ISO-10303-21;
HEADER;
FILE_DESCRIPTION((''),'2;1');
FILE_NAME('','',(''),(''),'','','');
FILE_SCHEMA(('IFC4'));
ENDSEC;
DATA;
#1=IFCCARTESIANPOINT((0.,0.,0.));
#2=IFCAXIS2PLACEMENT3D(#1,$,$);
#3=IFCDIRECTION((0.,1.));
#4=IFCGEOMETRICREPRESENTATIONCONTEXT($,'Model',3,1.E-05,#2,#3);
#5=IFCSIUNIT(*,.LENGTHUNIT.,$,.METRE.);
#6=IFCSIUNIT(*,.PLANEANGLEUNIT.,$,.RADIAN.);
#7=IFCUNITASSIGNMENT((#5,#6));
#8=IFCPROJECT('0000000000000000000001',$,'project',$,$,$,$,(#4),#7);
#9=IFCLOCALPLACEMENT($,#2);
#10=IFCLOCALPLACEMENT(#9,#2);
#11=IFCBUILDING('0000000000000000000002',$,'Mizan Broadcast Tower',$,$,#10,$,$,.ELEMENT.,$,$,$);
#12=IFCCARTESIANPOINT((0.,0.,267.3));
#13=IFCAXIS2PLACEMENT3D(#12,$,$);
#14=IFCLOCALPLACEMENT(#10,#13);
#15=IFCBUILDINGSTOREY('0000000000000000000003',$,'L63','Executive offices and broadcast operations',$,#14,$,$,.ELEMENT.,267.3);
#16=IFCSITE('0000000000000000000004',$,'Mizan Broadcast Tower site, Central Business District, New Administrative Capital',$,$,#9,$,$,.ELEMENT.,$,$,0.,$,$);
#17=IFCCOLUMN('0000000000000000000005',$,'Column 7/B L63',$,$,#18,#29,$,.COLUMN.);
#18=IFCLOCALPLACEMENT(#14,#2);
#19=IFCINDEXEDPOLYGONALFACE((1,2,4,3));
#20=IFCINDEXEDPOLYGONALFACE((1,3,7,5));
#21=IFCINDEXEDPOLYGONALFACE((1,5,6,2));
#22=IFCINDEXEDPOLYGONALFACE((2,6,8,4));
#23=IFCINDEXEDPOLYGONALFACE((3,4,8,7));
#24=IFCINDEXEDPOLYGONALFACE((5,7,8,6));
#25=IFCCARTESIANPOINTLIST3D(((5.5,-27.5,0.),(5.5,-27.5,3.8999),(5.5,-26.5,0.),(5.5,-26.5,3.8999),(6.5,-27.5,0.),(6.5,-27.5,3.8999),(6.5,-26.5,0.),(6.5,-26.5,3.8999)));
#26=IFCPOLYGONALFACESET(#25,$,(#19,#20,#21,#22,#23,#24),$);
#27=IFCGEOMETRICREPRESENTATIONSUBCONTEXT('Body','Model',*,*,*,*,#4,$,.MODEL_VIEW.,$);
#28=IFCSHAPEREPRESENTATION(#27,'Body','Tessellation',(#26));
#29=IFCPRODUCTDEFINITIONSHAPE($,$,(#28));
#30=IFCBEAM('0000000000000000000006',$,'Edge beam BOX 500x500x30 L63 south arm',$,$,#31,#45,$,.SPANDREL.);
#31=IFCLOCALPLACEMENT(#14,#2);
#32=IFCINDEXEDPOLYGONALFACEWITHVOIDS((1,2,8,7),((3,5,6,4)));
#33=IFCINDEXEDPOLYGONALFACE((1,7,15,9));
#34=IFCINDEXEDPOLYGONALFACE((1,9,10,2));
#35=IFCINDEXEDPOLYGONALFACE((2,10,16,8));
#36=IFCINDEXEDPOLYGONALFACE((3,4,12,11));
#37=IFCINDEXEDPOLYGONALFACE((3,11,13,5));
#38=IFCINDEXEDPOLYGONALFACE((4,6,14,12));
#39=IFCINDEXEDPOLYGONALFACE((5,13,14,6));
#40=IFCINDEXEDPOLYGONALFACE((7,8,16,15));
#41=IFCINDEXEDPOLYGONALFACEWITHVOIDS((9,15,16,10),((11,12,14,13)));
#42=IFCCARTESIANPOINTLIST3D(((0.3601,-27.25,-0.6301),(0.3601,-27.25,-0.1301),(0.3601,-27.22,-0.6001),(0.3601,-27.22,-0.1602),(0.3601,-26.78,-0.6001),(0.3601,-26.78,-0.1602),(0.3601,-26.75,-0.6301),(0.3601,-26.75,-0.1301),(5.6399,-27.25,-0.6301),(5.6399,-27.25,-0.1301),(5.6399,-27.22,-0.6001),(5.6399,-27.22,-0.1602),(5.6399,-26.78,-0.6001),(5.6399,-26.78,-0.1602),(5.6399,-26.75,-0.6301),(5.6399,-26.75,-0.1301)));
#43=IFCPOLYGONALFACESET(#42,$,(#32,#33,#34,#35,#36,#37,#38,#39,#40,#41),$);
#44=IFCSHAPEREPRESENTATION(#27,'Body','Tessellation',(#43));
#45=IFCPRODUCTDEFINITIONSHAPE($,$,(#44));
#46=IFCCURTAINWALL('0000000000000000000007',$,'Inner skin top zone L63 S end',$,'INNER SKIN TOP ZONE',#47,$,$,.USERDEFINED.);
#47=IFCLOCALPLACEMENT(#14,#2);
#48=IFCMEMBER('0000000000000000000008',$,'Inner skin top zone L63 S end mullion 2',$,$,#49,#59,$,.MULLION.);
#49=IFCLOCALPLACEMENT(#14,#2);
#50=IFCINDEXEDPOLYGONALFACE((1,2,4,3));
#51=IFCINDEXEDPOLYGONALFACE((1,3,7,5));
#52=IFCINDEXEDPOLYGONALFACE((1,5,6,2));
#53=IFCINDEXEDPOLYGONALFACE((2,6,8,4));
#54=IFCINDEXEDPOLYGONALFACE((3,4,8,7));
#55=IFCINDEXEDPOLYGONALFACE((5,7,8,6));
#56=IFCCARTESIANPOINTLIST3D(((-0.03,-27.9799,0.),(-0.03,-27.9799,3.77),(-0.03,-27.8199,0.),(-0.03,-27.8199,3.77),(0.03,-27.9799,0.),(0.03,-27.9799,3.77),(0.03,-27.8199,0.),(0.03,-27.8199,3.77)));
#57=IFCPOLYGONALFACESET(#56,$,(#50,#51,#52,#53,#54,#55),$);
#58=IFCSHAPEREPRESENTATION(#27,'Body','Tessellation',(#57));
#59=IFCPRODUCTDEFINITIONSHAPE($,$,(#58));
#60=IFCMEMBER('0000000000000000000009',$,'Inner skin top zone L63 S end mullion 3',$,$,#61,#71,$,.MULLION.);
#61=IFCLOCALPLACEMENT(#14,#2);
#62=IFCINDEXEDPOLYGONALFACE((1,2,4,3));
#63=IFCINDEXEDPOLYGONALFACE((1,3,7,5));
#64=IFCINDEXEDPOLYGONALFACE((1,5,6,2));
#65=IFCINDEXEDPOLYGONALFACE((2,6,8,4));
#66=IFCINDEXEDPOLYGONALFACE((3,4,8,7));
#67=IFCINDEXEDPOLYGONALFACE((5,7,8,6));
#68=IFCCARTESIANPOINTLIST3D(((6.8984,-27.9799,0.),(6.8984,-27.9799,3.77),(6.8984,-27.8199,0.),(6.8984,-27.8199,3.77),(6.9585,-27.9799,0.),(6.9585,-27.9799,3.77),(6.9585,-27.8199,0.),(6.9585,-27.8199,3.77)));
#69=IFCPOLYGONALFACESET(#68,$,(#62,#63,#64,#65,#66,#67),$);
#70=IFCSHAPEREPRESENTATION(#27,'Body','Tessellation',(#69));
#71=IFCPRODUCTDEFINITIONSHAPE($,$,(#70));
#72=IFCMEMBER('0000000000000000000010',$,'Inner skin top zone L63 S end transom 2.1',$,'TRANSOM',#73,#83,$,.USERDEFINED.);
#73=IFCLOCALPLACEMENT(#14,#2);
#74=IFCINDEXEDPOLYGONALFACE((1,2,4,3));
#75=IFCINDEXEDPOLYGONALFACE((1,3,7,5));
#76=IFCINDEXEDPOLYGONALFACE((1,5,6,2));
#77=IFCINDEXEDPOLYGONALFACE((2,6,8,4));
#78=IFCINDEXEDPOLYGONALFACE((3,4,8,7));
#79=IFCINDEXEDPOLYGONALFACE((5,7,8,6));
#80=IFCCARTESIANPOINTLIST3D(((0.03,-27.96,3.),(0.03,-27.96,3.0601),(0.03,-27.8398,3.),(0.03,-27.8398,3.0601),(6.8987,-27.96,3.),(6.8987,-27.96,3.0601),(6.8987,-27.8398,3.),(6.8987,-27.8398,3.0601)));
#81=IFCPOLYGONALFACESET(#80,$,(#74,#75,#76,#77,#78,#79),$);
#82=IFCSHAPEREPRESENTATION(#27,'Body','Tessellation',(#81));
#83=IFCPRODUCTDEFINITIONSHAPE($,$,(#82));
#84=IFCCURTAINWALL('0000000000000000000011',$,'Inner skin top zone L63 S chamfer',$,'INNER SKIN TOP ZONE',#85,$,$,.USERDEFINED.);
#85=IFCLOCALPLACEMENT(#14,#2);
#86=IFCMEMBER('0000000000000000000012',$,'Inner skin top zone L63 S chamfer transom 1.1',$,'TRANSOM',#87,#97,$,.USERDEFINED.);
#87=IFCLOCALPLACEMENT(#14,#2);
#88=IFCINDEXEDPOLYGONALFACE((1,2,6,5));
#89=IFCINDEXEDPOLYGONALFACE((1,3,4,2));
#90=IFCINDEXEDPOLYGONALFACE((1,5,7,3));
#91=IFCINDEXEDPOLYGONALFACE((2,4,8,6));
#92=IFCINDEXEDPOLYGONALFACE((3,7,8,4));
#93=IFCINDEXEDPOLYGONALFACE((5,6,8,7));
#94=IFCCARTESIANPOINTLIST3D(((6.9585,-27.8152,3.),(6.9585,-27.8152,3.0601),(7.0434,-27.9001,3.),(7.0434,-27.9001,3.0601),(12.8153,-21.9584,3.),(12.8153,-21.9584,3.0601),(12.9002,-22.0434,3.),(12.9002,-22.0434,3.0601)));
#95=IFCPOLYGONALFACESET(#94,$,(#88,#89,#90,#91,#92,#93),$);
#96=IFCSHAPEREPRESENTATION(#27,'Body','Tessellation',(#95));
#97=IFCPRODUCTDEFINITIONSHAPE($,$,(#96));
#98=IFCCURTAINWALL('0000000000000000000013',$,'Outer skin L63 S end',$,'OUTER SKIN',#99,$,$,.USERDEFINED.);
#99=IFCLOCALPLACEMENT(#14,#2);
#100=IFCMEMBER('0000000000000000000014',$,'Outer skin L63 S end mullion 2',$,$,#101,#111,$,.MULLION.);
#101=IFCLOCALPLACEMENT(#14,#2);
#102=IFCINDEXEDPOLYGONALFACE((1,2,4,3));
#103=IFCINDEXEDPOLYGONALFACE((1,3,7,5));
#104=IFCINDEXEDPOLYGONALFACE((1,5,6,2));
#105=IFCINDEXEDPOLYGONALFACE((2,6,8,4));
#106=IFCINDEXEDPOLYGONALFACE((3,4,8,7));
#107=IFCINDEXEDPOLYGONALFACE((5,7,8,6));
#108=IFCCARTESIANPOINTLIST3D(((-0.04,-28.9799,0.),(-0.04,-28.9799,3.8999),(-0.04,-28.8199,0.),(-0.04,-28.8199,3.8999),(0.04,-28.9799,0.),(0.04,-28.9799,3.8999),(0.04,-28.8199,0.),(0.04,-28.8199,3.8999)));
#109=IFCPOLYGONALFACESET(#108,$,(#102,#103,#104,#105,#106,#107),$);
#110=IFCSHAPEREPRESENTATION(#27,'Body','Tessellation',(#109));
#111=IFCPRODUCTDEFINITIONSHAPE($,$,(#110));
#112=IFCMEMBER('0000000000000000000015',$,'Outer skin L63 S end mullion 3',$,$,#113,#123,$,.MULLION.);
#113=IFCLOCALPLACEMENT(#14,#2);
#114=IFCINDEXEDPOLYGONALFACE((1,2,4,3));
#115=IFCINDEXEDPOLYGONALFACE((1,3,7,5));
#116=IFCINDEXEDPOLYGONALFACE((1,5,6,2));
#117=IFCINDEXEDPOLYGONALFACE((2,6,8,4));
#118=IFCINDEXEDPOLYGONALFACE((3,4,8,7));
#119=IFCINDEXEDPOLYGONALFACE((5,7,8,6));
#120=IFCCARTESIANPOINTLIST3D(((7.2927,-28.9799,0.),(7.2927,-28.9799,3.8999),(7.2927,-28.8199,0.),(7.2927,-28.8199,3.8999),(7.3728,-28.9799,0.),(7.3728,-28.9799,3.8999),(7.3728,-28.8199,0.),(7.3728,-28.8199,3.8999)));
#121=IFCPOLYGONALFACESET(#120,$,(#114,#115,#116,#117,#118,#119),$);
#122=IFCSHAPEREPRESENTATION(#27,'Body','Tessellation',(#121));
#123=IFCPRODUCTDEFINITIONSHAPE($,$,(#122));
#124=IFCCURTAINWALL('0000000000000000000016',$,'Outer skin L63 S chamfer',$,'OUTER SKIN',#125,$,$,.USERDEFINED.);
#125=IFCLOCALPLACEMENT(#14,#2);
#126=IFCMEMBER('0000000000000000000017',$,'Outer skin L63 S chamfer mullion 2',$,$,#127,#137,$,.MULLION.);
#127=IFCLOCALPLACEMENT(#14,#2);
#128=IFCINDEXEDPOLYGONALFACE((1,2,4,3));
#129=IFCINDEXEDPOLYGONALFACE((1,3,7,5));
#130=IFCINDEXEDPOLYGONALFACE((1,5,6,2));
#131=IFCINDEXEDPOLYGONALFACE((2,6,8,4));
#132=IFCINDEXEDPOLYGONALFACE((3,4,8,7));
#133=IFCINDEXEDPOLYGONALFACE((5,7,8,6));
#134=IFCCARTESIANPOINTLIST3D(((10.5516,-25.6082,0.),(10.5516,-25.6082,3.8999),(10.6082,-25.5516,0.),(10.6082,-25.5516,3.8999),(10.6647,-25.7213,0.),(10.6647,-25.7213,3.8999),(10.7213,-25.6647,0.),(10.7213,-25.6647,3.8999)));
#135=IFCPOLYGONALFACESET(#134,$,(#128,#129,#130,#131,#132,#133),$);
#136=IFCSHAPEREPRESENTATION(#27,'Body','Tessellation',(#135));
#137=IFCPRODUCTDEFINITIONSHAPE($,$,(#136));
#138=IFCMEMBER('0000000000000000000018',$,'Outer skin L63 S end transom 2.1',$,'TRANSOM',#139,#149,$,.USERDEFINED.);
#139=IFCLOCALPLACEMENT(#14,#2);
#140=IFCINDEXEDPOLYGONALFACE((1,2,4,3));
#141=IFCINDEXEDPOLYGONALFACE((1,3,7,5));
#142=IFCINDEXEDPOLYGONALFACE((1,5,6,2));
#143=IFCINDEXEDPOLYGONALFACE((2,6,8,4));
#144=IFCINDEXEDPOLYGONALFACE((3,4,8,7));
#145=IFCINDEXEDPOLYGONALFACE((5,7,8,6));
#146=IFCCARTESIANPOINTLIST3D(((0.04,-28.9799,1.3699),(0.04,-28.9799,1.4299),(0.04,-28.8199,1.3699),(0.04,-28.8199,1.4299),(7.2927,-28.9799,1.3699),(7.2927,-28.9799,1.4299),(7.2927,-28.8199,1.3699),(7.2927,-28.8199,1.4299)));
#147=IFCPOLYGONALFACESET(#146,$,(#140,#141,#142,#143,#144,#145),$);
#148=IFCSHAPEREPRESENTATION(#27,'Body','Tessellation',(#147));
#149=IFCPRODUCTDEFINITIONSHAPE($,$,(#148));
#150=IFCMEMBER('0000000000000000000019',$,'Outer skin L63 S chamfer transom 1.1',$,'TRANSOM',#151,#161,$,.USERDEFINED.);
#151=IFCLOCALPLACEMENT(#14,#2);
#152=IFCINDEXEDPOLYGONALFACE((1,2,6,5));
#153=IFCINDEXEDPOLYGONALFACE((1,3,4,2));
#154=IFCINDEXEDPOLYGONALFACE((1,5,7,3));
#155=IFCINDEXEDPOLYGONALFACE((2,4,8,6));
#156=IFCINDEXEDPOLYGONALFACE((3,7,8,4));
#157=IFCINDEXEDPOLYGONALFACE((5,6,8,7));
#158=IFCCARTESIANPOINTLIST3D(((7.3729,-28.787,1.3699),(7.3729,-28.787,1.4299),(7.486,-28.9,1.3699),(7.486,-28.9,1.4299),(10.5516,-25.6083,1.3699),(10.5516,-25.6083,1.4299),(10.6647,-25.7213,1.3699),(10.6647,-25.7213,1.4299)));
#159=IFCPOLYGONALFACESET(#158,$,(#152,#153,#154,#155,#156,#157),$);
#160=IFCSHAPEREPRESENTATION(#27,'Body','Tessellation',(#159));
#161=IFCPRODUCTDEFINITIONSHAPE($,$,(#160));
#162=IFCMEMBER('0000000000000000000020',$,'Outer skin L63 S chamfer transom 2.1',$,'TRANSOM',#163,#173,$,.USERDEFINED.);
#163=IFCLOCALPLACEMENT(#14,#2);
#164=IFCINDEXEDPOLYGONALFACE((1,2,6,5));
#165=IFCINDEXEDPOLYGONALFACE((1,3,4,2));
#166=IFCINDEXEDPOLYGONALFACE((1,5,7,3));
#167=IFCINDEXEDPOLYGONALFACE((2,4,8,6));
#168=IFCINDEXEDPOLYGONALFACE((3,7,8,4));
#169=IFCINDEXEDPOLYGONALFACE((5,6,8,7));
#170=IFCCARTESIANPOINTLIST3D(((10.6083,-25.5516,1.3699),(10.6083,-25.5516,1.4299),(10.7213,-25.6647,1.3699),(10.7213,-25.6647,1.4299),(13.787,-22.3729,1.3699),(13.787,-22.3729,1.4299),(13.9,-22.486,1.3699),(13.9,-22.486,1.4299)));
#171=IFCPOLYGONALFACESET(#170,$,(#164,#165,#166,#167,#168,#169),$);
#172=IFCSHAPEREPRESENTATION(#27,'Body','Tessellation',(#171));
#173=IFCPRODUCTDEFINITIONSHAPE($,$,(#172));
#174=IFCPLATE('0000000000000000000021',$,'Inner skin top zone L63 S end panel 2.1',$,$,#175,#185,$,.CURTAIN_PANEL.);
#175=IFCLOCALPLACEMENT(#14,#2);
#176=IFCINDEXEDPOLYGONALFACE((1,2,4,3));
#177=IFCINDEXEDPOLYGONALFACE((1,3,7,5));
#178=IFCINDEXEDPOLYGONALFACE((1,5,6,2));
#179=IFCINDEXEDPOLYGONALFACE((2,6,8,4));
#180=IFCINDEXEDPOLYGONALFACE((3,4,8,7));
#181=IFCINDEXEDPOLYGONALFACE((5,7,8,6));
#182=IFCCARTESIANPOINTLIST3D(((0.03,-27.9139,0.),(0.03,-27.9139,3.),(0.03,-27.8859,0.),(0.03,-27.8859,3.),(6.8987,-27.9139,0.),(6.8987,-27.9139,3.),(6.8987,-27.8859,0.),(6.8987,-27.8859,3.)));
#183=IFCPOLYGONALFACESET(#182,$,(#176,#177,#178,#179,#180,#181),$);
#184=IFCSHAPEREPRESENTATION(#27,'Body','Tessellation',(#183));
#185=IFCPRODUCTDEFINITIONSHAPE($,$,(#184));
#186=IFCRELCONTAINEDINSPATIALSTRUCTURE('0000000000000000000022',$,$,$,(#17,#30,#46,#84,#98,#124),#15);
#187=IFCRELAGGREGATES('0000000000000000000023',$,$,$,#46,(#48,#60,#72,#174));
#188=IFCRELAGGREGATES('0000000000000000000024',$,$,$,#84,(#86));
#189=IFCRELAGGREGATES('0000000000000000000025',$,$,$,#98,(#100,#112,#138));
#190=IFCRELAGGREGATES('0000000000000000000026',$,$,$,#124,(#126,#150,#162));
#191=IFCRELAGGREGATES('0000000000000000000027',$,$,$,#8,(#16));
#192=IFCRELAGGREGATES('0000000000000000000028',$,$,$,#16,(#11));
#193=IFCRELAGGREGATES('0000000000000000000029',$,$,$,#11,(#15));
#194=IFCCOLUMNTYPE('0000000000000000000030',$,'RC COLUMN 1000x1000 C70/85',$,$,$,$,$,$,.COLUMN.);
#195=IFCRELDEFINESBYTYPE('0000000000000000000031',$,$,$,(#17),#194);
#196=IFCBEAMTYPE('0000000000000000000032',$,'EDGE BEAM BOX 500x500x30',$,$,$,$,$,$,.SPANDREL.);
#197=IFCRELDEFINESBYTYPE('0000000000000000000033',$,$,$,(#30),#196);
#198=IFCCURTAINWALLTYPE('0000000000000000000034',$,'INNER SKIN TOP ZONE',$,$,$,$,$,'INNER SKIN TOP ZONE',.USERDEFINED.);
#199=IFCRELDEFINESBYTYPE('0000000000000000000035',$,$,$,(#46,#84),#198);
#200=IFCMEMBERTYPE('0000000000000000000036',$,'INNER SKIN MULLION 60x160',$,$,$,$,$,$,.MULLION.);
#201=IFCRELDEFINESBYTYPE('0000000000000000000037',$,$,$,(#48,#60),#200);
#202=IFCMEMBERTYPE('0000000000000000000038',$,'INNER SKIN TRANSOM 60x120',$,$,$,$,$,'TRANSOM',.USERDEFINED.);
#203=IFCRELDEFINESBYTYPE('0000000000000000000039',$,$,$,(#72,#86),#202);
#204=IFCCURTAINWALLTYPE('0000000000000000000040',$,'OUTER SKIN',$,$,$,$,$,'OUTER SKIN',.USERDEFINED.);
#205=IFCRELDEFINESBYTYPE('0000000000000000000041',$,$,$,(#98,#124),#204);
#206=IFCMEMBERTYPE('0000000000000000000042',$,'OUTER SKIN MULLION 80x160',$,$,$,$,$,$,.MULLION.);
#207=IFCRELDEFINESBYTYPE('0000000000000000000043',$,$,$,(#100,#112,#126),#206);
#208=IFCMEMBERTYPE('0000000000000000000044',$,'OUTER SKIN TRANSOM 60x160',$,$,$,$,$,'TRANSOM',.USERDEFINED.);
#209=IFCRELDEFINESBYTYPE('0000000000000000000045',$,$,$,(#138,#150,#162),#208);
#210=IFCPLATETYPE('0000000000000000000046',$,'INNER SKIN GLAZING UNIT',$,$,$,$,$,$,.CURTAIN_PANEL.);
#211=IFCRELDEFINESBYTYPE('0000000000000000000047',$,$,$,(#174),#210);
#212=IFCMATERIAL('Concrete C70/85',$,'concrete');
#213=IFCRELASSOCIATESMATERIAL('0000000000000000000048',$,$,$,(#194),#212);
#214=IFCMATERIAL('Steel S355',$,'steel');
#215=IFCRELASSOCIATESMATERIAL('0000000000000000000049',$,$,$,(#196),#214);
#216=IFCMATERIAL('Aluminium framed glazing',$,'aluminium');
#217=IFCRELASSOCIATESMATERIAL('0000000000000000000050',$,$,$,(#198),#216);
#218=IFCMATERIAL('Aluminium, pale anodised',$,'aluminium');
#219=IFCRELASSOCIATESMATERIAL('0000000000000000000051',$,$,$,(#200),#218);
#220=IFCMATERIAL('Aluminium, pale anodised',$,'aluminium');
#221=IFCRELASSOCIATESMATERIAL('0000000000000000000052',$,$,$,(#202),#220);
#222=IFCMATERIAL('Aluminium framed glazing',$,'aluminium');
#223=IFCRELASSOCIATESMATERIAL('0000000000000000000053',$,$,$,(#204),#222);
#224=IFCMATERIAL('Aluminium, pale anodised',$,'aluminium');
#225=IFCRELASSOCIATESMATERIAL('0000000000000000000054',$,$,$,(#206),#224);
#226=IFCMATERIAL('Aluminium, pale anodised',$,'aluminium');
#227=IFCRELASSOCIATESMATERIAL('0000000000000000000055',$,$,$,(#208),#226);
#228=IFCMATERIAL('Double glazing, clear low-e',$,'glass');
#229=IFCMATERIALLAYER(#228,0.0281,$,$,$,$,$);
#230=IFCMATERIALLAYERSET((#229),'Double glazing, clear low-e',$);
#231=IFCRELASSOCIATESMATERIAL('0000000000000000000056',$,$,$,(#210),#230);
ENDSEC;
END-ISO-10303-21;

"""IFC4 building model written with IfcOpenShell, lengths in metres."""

from ifc_helpers import new_model, si_unit, direction, frame, origin, origin_2d, place, context, subcontext, project, spatial, rectangle, hollow_rectangle, extrude, material, layer, layer_set, material_profile, profile_set, type_object, element, aggregate, save


model = new_model("IFC4")

# Units and contexts
model_context = context("Model", 3, precision=1e-05, world=origin(), true_north=direction((0.0, 1.0)))
body_context = subcontext(model_context, "Body", "Model", "MODEL_VIEW")
ifc_project = project(units=[si_unit("LENGTHUNIT", "METRE"), si_unit("PLANEANGLEUNIT", "RADIAN")], contexts=[model_context])

# Site, building, storey
site_placement = place(None, origin())
site = spatial("IfcSite", under=ifc_project, at=site_placement, Name="Mizan Broadcast Tower site, Central Business District, New Administrative Capital", CompositionType="ELEMENT", RefElevation=0.0)
building_placement = place(site_placement, origin())
building = spatial("IfcBuilding", under=site, at=building_placement, Name="Mizan Broadcast Tower", CompositionType="ELEMENT")
storey_placement = place(building_placement, frame((0.0, 0.0, 267.3)))
storey = spatial("IfcBuildingStorey", under=building, at=storey_placement, Name="L63", Description="Executive offices and broadcast operations", CompositionType="ELEMENT", Elevation=267.3)

# Column
ifc_material_1 = material(Name="Concrete C70/85", Category="concrete")
ifc_material_profile_1 = material_profile(ifc_material_1, rectangle(XDim=1.0, YDim=1.0, at=origin_2d()), Name="RC 1000x1000")
ifc_profile_set_1 = profile_set([ifc_material_profile_1], Name="Concrete C70/85")
column_type = type_object("IfcColumnType", Name="RC COLUMN 1000x1000 C70/85", PredefinedType="COLUMN", material=ifc_profile_set_1)
column_placement = place(storey_placement, frame((6.0, -27.0, 0.0), z_axis=(0.0, 0.0, 1.0), x_axis=(1.0, 0.0, 0.0)))
element("IfcColumn", 1, at=column_placement, inside=storey, type_object=column_type, Name="Column 7/B L63", PredefinedType="COLUMN", context=body_context, shape_type="SweptSolid", body=[
    extrude(rectangle(XDim=1.0, YDim=1.0, at=origin_2d()), origin(), (0.0, 0.0, 1.0), 3.8999),
])

# Beam
ifc_material_2 = material(Name="Steel S355", Category="steel")
ifc_material_profile_2 = material_profile(ifc_material_2, hollow_rectangle(XDim=0.5, YDim=0.5, WallThickness=0.03, at=origin_2d()), Name="BOX 500x500x30")
ifc_profile_set_2 = profile_set([ifc_material_profile_2], Name="Steel S355")
beam_type = type_object("IfcBeamType", Name="EDGE BEAM BOX 500x500x30", PredefinedType="SPANDREL", material=ifc_profile_set_2)
beam_placement = place(storey_placement, frame((5.6399, -27.0, -0.3801), z_axis=(-1.0, 0.0, 0.0), x_axis=(0.0, -1.0, 0.0)))
element("IfcBeam", 2, at=beam_placement, inside=storey, type_object=beam_type, Name="Edge beam BOX 500x500x30 L63 south arm", PredefinedType="SPANDREL", context=body_context, shape_type="SweptSolid", body=[
    extrude(hollow_rectangle(XDim=0.5, YDim=0.5, WallThickness=0.03, at=origin_2d()), origin(), (0.0, 0.0, 1.0), 5.2798),
])

# Curtain wall, members
ifc_material_3 = material(Name="Aluminium framed glazing", Category="aluminium")
curtain_wall_type_1 = type_object("IfcCurtainWallType", Name="INNER SKIN TOP ZONE", ElementType="INNER SKIN TOP ZONE", PredefinedType="USERDEFINED", material=ifc_material_3)
curtain_wall_1_placement = place(storey_placement, origin())
curtain_wall_1 = element("IfcCurtainWall", 3, at=curtain_wall_1_placement, inside=storey, type_object=curtain_wall_type_1, Name="Inner skin top zone L63 S end", ObjectType="INNER SKIN TOP ZONE", PredefinedType="USERDEFINED")
ifc_material_4 = material(Name="Aluminium, pale anodised", Category="aluminium")
ifc_material_profile_3 = material_profile(ifc_material_4, rectangle(XDim=0.1599, YDim=0.0601, at=origin_2d()), Name="MULLION 160x60")
ifc_profile_set_3 = profile_set([ifc_material_profile_3], Name="Aluminium, pale anodised")
member_type_1 = type_object("IfcMemberType", Name="INNER SKIN MULLION 60x160", PredefinedType="MULLION", material=ifc_profile_set_3)
member_1_placement = place(storey_placement, frame((0.0, -27.8999, 0.0), z_axis=(0.0, 0.0, 1.0), x_axis=(0.0, 1.0, 0.0)))
member_1 = element("IfcMember", 4, at=member_1_placement, type_object=member_type_1, Name="Inner skin top zone L63 S end mullion 2", PredefinedType="MULLION", context=body_context, shape_type="SweptSolid", body=[
    extrude(rectangle(XDim=0.1599, YDim=0.0601, at=origin_2d()), origin(), (0.0, 0.0, 1.0), 3.77),
])
member_2_placement = place(storey_placement, frame((6.9285, -27.8999, 0.0), z_axis=(0.0, 0.0, 1.0), x_axis=(0.0, 1.0, 0.0)))
member_2 = element("IfcMember", 5, at=member_2_placement, type_object=member_type_1, Name="Inner skin top zone L63 S end mullion 3", PredefinedType="MULLION", context=body_context, shape_type="SweptSolid", body=[
    extrude(rectangle(XDim=0.1599, YDim=0.0601, at=origin_2d()), origin(), (0.0, 0.0, 1.0), 3.77),
])
ifc_material_5 = material(Name="Aluminium, pale anodised", Category="aluminium")
ifc_material_profile_4 = material_profile(ifc_material_5, rectangle(XDim=0.1201, YDim=0.0601, at=origin_2d()), Name="TRANSOM 120x60")
ifc_profile_set_4 = profile_set([ifc_material_profile_4], Name="Aluminium, pale anodised")
member_type_2 = type_object("IfcMemberType", Name="INNER SKIN TRANSOM 60x120", ElementType="TRANSOM", PredefinedType="USERDEFINED", material=ifc_profile_set_4)
member_3_placement = place(storey_placement, frame((0.03, -27.8999, 3.03), z_axis=(1.0, 0.0, 0.0), x_axis=(0.0, 1.0, 0.0)))
member_3 = element("IfcMember", 6, at=member_3_placement, type_object=member_type_2, Name="Inner skin top zone L63 S end transom 2.1", ObjectType="TRANSOM", PredefinedType="USERDEFINED", context=body_context, shape_type="SweptSolid", body=[
    extrude(rectangle(XDim=0.1201, YDim=0.0601, at=origin_2d()), origin(), (0.0, 0.0, 1.0), 6.8687),
])

# Curtain wall, member
curtain_wall_2_placement = place(storey_placement, origin())
curtain_wall_2 = element("IfcCurtainWall", 7, at=curtain_wall_2_placement, inside=storey, type_object=curtain_wall_type_1, Name="Inner skin top zone L63 S chamfer", ObjectType="INNER SKIN TOP ZONE", PredefinedType="USERDEFINED")
member_4_placement = place(storey_placement, frame((7.001, -27.8577, 3.03), z_axis=(0.707107, 0.707107, 0.0), x_axis=(-0.707107, 0.707107, 0.0)))
member_4 = element("IfcMember", 8, at=member_4_placement, type_object=member_type_2, Name="Inner skin top zone L63 S chamfer transom 1.1", ObjectType="TRANSOM", PredefinedType="USERDEFINED", context=body_context, shape_type="SweptSolid", body=[
    extrude(rectangle(XDim=0.1201, YDim=0.0601, at=origin_2d()), origin(), (0.0, 0.0, 1.0), 8.2827),
])

# Curtain wall, members
ifc_material_6 = material(Name="Aluminium framed glazing", Category="aluminium")
curtain_wall_type_2 = type_object("IfcCurtainWallType", Name="OUTER SKIN", ElementType="OUTER SKIN", PredefinedType="USERDEFINED", material=ifc_material_6)
curtain_wall_3_placement = place(storey_placement, origin())
curtain_wall_3 = element("IfcCurtainWall", 9, at=curtain_wall_3_placement, inside=storey, type_object=curtain_wall_type_2, Name="Outer skin L63 S end", ObjectType="OUTER SKIN", PredefinedType="USERDEFINED")
ifc_material_7 = material(Name="Aluminium, pale anodised", Category="aluminium")
ifc_material_profile_5 = material_profile(ifc_material_7, rectangle(XDim=0.1599, YDim=0.0801, at=origin_2d()), Name="MULLION 160x80")
ifc_profile_set_5 = profile_set([ifc_material_profile_5], Name="Aluminium, pale anodised")
member_type_3 = type_object("IfcMemberType", Name="OUTER SKIN MULLION 80x160", PredefinedType="MULLION", material=ifc_profile_set_5)
member_5_placement = place(storey_placement, frame((0.0, -28.8999, 0.0), z_axis=(0.0, 0.0, 1.0), x_axis=(0.0, 1.0, 0.0)))
member_5 = element("IfcMember", 10, at=member_5_placement, type_object=member_type_3, Name="Outer skin L63 S end mullion 2", PredefinedType="MULLION", context=body_context, shape_type="SweptSolid", body=[
    extrude(rectangle(XDim=0.1599, YDim=0.0801, at=origin_2d()), origin(), (0.0, 0.0, 1.0), 3.8999),
])
member_6_placement = place(storey_placement, frame((7.3328, -28.8999, 0.0), z_axis=(0.0, 0.0, 1.0), x_axis=(0.0, 1.0, 0.0)))
member_6 = element("IfcMember", 11, at=member_6_placement, type_object=member_type_3, Name="Outer skin L63 S end mullion 3", PredefinedType="MULLION", context=body_context, shape_type="SweptSolid", body=[
    extrude(rectangle(XDim=0.1599, YDim=0.0801, at=origin_2d()), origin(), (0.0, 0.0, 1.0), 3.8999),
])

# Curtain wall, member
curtain_wall_4_placement = place(storey_placement, origin())
curtain_wall_4 = element("IfcCurtainWall", 12, at=curtain_wall_4_placement, inside=storey, type_object=curtain_wall_type_2, Name="Outer skin L63 S chamfer", ObjectType="OUTER SKIN", PredefinedType="USERDEFINED")
member_7_placement = place(storey_placement, frame((10.6365, -25.6365, 0.0), z_axis=(0.0, 0.0, 1.0), x_axis=(-0.707107, 0.707107, 0.0)))
member_7 = element("IfcMember", 13, at=member_7_placement, type_object=member_type_3, Name="Outer skin L63 S chamfer mullion 2", PredefinedType="MULLION", context=body_context, shape_type="SweptSolid", body=[
    extrude(rectangle(XDim=0.1599, YDim=0.0801, at=origin_2d()), origin(), (0.0, 0.0, 1.0), 3.8999),
])

# Members
ifc_material_8 = material(Name="Aluminium, pale anodised", Category="aluminium")
ifc_material_profile_6 = material_profile(ifc_material_8, rectangle(XDim=0.1599, YDim=0.0601, at=origin_2d()), Name="TRANSOM 160x60")
ifc_profile_set_6 = profile_set([ifc_material_profile_6], Name="Aluminium, pale anodised")
member_type_4 = type_object("IfcMemberType", Name="OUTER SKIN TRANSOM 60x160", ElementType="TRANSOM", PredefinedType="USERDEFINED", material=ifc_profile_set_6)
member_8_placement = place(storey_placement, frame((0.04, -28.8999, 1.3999), z_axis=(1.0, 0.0, 0.0), x_axis=(0.0, 1.0, 0.0)))
member_8 = element("IfcMember", 14, at=member_8_placement, type_object=member_type_4, Name="Outer skin L63 S end transom 2.1", ObjectType="TRANSOM", PredefinedType="USERDEFINED", context=body_context, shape_type="SweptSolid", body=[
    extrude(rectangle(XDim=0.1599, YDim=0.0601, at=origin_2d()), origin(), (0.0, 0.0, 1.0), 7.2527),
])
member_9_placement = place(storey_placement, frame((7.4294, -28.8435, 1.3999), z_axis=(0.707107, 0.707107, 0.0), x_axis=(-0.707107, 0.707107, 0.0)))
member_9 = element("IfcMember", 15, at=member_9_placement, type_object=member_type_4, Name="Outer skin L63 S chamfer transom 1.1", ObjectType="TRANSOM", PredefinedType="USERDEFINED", context=body_context, shape_type="SweptSolid", body=[
    extrude(rectangle(XDim=0.1599, YDim=0.0601, at=origin_2d()), origin(), (0.0, 0.0, 1.0), 4.4954),
])
member_10_placement = place(storey_placement, frame((10.6648, -25.6082, 1.3999), z_axis=(0.707107, 0.707107, 0.0), x_axis=(-0.707107, 0.707107, 0.0)))
member_10 = element("IfcMember", 16, at=member_10_placement, type_object=member_type_4, Name="Outer skin L63 S chamfer transom 2.1", ObjectType="TRANSOM", PredefinedType="USERDEFINED", context=body_context, shape_type="SweptSolid", body=[
    extrude(rectangle(XDim=0.1599, YDim=0.0601, at=origin_2d()), origin(), (0.0, 0.0, 1.0), 4.4954),
])

# Plate
ifc_material_9 = material(Name="Double glazing, clear low-e", Category="glass")
ifc_layer_1 = layer(ifc_material_9, 0.0281)
ifc_layer_set_1 = layer_set([ifc_layer_1], Name="Double glazing, clear low-e")
plate_type_1 = type_object("IfcPlateType", Name="INNER SKIN GLAZING UNIT", PredefinedType="CURTAIN_PANEL", material=ifc_layer_set_1)
plate_1_placement = place(storey_placement, frame((3.4644, -27.8999, 0.0), z_axis=(0.0, 0.0, 1.0), x_axis=(1.0, 0.0, 0.0)))
plate_1 = element("IfcPlate", 17, at=plate_1_placement, type_object=plate_type_1, Name="Inner skin top zone L63 S end panel 2.1", PredefinedType="CURTAIN_PANEL", context=body_context, shape_type="SweptSolid", body=[
    extrude(rectangle(XDim=6.8687, YDim=0.0281, at=origin_2d()), origin(), (0.0, 0.0, 1.0), 3.0),
])
aggregate(curtain_wall_1, [member_1, member_2, member_3, plate_1])
aggregate(curtain_wall_2, [member_4])
aggregate(curtain_wall_3, [member_5, member_6, member_8])
aggregate(curtain_wall_4, [member_7, member_9, member_10])

save(model, "model.ifc")
